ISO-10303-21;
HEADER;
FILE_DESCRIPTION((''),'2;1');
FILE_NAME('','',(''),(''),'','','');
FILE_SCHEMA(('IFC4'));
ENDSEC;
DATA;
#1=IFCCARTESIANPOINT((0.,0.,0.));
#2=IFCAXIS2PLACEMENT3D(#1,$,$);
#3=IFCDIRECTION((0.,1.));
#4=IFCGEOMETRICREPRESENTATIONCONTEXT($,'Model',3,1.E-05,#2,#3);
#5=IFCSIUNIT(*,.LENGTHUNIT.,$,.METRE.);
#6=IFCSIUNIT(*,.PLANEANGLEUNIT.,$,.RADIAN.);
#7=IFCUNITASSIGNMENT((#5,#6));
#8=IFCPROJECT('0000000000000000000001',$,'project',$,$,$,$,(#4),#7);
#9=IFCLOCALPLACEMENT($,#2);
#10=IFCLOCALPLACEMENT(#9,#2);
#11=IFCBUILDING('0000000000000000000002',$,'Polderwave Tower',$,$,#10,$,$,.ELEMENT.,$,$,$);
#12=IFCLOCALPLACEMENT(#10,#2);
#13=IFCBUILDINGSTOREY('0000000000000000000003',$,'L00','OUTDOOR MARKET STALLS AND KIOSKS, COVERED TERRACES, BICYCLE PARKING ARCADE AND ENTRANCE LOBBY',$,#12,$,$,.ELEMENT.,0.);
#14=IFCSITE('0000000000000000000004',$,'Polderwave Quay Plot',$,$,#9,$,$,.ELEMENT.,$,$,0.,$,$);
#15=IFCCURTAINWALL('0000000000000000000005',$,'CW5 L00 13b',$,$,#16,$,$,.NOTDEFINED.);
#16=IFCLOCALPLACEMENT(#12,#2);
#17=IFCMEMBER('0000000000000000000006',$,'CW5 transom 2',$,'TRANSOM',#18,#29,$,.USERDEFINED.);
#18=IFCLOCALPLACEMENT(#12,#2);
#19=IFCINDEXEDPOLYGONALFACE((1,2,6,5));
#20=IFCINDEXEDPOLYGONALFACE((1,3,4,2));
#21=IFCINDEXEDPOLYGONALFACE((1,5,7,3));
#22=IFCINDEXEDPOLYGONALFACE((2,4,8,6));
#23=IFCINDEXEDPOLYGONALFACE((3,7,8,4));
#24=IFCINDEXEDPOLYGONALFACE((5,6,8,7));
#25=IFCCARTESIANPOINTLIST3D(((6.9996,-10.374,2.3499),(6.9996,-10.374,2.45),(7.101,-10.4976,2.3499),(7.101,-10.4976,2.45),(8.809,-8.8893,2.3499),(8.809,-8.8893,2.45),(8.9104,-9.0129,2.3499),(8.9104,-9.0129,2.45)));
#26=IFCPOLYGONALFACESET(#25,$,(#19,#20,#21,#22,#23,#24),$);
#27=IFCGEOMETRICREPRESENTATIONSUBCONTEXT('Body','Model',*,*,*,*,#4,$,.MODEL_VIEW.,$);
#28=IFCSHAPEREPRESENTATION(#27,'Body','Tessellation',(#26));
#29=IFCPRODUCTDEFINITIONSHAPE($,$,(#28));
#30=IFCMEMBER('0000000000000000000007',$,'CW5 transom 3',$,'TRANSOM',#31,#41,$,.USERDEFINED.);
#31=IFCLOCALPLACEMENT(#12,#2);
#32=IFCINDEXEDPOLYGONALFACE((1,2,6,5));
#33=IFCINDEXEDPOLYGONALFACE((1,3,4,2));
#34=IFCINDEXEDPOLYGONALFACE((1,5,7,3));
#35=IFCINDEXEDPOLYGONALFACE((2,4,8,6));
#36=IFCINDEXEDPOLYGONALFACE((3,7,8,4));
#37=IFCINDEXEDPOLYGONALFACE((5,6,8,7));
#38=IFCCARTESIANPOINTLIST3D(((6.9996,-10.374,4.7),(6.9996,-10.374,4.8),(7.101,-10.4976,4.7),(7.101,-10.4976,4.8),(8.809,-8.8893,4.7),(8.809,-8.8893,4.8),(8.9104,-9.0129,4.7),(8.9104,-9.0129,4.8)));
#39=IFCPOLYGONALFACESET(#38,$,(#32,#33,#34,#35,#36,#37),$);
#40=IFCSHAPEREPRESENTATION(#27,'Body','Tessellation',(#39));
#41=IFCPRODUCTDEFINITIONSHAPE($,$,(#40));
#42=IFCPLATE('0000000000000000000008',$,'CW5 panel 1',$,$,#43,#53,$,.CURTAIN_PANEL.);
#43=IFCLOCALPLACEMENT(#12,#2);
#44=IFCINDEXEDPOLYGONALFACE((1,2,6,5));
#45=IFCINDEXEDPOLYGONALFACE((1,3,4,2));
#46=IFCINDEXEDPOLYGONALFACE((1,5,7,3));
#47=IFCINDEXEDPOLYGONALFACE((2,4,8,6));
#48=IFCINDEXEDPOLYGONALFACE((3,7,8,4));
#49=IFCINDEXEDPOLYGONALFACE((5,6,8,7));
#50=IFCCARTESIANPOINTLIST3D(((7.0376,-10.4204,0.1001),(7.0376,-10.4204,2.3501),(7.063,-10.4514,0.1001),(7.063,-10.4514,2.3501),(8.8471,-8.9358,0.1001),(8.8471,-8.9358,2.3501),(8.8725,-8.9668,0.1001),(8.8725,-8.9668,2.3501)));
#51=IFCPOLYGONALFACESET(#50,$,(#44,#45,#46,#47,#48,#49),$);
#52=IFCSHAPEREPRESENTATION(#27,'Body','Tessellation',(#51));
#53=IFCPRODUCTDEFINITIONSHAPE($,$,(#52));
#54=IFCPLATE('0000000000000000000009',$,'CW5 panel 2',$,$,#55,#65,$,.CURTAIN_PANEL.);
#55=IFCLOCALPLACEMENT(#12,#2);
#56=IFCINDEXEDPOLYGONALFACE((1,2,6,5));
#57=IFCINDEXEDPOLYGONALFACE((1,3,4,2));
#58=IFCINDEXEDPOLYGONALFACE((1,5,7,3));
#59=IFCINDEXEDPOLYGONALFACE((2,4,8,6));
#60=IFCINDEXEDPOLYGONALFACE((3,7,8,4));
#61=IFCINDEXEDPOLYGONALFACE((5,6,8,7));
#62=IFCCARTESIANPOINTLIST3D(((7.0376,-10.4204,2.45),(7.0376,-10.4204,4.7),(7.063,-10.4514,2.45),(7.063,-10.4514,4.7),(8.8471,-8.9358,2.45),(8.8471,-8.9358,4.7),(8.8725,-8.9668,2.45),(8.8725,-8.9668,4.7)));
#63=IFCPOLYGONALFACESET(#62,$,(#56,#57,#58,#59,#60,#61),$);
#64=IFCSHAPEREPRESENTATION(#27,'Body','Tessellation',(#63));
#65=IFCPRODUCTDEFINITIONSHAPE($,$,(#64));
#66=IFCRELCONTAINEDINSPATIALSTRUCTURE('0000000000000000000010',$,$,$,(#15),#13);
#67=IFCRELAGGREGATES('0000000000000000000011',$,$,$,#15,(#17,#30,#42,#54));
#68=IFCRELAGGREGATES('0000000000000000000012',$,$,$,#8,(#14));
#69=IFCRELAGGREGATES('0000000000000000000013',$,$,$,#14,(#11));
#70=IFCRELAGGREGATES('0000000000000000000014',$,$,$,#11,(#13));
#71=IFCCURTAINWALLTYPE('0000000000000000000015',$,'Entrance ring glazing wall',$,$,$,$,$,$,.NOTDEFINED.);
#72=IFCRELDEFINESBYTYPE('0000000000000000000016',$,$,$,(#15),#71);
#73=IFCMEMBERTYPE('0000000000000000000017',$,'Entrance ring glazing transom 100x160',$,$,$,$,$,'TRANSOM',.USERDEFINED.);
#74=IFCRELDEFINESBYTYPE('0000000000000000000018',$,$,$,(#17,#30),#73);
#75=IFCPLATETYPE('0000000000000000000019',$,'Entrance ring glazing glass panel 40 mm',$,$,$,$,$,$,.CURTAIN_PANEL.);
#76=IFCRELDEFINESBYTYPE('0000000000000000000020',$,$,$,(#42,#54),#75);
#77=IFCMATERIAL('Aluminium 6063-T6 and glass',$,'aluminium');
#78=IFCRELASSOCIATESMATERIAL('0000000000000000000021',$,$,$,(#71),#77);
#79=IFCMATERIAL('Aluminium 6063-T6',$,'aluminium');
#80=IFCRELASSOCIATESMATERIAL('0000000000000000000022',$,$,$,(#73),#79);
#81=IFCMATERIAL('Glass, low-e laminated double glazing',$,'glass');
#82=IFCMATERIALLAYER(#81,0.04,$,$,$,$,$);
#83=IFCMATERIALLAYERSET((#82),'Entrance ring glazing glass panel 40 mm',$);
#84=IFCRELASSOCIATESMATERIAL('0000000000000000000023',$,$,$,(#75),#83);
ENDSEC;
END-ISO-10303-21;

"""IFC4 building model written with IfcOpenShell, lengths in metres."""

from ifc_helpers import new_model, si_unit, direction, frame, origin, origin_2d, place, context, subcontext, project, spatial, rectangle, extrude, material, layer, layer_set, material_profile, profile_set, type_object, element, aggregate, save


model = new_model("IFC4")

# Units and contexts
model_context = context("Model", 3, precision=1e-05, world=origin(), true_north=direction((0.0, 1.0)))
body_context = subcontext(model_context, "Body", "Model", "MODEL_VIEW")
ifc_project = project(units=[si_unit("LENGTHUNIT", "METRE"), si_unit("PLANEANGLEUNIT", "RADIAN")], contexts=[model_context])

# Site, building, storey
site_placement = place(None, origin())
site = spatial("IfcSite", under=ifc_project, at=site_placement, Name="Polderwave Quay Plot", CompositionType="ELEMENT", RefElevation=0.0)
building_placement = place(site_placement, origin())
building = spatial("IfcBuilding", under=site, at=building_placement, Name="Polderwave Tower", CompositionType="ELEMENT")
storey_placement = place(building_placement, origin())
storey = spatial("IfcBuildingStorey", under=building, at=storey_placement, Name="L00", Description="OUTDOOR MARKET STALLS AND KIOSKS, COVERED TERRACES, BICYCLE PARKING ARCADE AND ENTRANCE LOBBY", CompositionType="ELEMENT", Elevation=0.0)

# Curtain wall, members, plates
ifc_material_1 = material(Name="Aluminium 6063-T6 and glass", Category="aluminium")
curtain_wall_type = type_object("IfcCurtainWallType", Name="Entrance ring glazing wall", PredefinedType="NOTDEFINED", material=ifc_material_1)
curtain_wall_placement = place(storey_placement, origin())
curtain_wall = element("IfcCurtainWall", 1, at=curtain_wall_placement, inside=storey, type_object=curtain_wall_type, Name="CW5 L00 13b", PredefinedType="NOTDEFINED")
ifc_material_2 = material(Name="Aluminium 6063-T6", Category="aluminium")
ifc_material_profile_1 = material_profile(ifc_material_2, rectangle(XDim=0.1599, YDim=0.1001, at=origin_2d()), Name="AL 100x160")
ifc_profile_set_1 = profile_set([ifc_material_profile_1], Name="Aluminium 6063-T6")
member_type_1 = type_object("IfcMemberType", Name="Entrance ring glazing transom 100x160", ElementType="TRANSOM", PredefinedType="USERDEFINED", material=ifc_profile_set_1)
member_1_placement = place(storey_placement, frame((7.0503, -10.4358, 2.3999), z_axis=(0.773064, 0.634328, 0.0), x_axis=(-0.634328, 0.773064, 0.0)))
member_1 = element("IfcMember", 2, at=member_1_placement, type_object=member_type_1, Name="CW5 transom 2", ObjectType="TRANSOM", PredefinedType="USERDEFINED", context=body_context, shape_type="SweptSolid", body=[
    extrude(rectangle(XDim=0.1599, YDim=0.1001, at=origin_2d()), origin(), (0.0, 0.0, 1.0), 2.3406),
])
member_2_placement = place(storey_placement, frame((7.0503, -10.4358, 4.75), z_axis=(0.773064, 0.634328, 0.0), x_axis=(-0.634328, 0.773064, 0.0)))
member_2 = element("IfcMember", 3, at=member_2_placement, type_object=member_type_1, Name="CW5 transom 3", ObjectType="TRANSOM", PredefinedType="USERDEFINED", context=body_context, shape_type="SweptSolid", body=[
    extrude(rectangle(XDim=0.1599, YDim=0.1001, at=origin_2d()), origin(), (0.0, 0.0, 1.0), 2.3406),
])
ifc_material_3 = material(Name="Glass, low-e laminated double glazing", Category="glass")
ifc_layer = layer(ifc_material_3, 0.04)
ifc_layer_set = layer_set([ifc_layer], Name="Entrance ring glazing glass panel 40 mm")
plate_type = type_object("IfcPlateType", Name="Entrance ring glazing glass panel 40 mm", PredefinedType="CURTAIN_PANEL", material=ifc_layer_set)
plate_1_placement = place(storey_placement, frame((7.9551, -9.6936, 0.1001), z_axis=(0.0, 0.0, 1.0), x_axis=(0.773109, 0.634273, 0.0)))
plate_1 = element("IfcPlate", 4, at=plate_1_placement, type_object=plate_type, Name="CW5 panel 1", PredefinedType="CURTAIN_PANEL", context=body_context, shape_type="SweptSolid", body=[
    extrude(rectangle(XDim=2.3406, YDim=0.04, at=origin_2d()), origin(), (0.0, 0.0, 1.0), 2.25),
])
plate_2_placement = place(storey_placement, frame((7.9551, -9.6936, 2.45), z_axis=(0.0, 0.0, 1.0), x_axis=(0.773109, 0.634273, 0.0)))
plate_2 = element("IfcPlate", 5, at=plate_2_placement, type_object=plate_type, Name="CW5 panel 2", PredefinedType="CURTAIN_PANEL", context=body_context, shape_type="SweptSolid", body=[
    extrude(rectangle(XDim=2.3406, YDim=0.04, at=origin_2d()), origin(), (0.0, 0.0, 1.0), 2.25),
])
aggregate(curtain_wall, [member_1, member_2, plate_1, plate_2])

save(model, "model.ifc")
